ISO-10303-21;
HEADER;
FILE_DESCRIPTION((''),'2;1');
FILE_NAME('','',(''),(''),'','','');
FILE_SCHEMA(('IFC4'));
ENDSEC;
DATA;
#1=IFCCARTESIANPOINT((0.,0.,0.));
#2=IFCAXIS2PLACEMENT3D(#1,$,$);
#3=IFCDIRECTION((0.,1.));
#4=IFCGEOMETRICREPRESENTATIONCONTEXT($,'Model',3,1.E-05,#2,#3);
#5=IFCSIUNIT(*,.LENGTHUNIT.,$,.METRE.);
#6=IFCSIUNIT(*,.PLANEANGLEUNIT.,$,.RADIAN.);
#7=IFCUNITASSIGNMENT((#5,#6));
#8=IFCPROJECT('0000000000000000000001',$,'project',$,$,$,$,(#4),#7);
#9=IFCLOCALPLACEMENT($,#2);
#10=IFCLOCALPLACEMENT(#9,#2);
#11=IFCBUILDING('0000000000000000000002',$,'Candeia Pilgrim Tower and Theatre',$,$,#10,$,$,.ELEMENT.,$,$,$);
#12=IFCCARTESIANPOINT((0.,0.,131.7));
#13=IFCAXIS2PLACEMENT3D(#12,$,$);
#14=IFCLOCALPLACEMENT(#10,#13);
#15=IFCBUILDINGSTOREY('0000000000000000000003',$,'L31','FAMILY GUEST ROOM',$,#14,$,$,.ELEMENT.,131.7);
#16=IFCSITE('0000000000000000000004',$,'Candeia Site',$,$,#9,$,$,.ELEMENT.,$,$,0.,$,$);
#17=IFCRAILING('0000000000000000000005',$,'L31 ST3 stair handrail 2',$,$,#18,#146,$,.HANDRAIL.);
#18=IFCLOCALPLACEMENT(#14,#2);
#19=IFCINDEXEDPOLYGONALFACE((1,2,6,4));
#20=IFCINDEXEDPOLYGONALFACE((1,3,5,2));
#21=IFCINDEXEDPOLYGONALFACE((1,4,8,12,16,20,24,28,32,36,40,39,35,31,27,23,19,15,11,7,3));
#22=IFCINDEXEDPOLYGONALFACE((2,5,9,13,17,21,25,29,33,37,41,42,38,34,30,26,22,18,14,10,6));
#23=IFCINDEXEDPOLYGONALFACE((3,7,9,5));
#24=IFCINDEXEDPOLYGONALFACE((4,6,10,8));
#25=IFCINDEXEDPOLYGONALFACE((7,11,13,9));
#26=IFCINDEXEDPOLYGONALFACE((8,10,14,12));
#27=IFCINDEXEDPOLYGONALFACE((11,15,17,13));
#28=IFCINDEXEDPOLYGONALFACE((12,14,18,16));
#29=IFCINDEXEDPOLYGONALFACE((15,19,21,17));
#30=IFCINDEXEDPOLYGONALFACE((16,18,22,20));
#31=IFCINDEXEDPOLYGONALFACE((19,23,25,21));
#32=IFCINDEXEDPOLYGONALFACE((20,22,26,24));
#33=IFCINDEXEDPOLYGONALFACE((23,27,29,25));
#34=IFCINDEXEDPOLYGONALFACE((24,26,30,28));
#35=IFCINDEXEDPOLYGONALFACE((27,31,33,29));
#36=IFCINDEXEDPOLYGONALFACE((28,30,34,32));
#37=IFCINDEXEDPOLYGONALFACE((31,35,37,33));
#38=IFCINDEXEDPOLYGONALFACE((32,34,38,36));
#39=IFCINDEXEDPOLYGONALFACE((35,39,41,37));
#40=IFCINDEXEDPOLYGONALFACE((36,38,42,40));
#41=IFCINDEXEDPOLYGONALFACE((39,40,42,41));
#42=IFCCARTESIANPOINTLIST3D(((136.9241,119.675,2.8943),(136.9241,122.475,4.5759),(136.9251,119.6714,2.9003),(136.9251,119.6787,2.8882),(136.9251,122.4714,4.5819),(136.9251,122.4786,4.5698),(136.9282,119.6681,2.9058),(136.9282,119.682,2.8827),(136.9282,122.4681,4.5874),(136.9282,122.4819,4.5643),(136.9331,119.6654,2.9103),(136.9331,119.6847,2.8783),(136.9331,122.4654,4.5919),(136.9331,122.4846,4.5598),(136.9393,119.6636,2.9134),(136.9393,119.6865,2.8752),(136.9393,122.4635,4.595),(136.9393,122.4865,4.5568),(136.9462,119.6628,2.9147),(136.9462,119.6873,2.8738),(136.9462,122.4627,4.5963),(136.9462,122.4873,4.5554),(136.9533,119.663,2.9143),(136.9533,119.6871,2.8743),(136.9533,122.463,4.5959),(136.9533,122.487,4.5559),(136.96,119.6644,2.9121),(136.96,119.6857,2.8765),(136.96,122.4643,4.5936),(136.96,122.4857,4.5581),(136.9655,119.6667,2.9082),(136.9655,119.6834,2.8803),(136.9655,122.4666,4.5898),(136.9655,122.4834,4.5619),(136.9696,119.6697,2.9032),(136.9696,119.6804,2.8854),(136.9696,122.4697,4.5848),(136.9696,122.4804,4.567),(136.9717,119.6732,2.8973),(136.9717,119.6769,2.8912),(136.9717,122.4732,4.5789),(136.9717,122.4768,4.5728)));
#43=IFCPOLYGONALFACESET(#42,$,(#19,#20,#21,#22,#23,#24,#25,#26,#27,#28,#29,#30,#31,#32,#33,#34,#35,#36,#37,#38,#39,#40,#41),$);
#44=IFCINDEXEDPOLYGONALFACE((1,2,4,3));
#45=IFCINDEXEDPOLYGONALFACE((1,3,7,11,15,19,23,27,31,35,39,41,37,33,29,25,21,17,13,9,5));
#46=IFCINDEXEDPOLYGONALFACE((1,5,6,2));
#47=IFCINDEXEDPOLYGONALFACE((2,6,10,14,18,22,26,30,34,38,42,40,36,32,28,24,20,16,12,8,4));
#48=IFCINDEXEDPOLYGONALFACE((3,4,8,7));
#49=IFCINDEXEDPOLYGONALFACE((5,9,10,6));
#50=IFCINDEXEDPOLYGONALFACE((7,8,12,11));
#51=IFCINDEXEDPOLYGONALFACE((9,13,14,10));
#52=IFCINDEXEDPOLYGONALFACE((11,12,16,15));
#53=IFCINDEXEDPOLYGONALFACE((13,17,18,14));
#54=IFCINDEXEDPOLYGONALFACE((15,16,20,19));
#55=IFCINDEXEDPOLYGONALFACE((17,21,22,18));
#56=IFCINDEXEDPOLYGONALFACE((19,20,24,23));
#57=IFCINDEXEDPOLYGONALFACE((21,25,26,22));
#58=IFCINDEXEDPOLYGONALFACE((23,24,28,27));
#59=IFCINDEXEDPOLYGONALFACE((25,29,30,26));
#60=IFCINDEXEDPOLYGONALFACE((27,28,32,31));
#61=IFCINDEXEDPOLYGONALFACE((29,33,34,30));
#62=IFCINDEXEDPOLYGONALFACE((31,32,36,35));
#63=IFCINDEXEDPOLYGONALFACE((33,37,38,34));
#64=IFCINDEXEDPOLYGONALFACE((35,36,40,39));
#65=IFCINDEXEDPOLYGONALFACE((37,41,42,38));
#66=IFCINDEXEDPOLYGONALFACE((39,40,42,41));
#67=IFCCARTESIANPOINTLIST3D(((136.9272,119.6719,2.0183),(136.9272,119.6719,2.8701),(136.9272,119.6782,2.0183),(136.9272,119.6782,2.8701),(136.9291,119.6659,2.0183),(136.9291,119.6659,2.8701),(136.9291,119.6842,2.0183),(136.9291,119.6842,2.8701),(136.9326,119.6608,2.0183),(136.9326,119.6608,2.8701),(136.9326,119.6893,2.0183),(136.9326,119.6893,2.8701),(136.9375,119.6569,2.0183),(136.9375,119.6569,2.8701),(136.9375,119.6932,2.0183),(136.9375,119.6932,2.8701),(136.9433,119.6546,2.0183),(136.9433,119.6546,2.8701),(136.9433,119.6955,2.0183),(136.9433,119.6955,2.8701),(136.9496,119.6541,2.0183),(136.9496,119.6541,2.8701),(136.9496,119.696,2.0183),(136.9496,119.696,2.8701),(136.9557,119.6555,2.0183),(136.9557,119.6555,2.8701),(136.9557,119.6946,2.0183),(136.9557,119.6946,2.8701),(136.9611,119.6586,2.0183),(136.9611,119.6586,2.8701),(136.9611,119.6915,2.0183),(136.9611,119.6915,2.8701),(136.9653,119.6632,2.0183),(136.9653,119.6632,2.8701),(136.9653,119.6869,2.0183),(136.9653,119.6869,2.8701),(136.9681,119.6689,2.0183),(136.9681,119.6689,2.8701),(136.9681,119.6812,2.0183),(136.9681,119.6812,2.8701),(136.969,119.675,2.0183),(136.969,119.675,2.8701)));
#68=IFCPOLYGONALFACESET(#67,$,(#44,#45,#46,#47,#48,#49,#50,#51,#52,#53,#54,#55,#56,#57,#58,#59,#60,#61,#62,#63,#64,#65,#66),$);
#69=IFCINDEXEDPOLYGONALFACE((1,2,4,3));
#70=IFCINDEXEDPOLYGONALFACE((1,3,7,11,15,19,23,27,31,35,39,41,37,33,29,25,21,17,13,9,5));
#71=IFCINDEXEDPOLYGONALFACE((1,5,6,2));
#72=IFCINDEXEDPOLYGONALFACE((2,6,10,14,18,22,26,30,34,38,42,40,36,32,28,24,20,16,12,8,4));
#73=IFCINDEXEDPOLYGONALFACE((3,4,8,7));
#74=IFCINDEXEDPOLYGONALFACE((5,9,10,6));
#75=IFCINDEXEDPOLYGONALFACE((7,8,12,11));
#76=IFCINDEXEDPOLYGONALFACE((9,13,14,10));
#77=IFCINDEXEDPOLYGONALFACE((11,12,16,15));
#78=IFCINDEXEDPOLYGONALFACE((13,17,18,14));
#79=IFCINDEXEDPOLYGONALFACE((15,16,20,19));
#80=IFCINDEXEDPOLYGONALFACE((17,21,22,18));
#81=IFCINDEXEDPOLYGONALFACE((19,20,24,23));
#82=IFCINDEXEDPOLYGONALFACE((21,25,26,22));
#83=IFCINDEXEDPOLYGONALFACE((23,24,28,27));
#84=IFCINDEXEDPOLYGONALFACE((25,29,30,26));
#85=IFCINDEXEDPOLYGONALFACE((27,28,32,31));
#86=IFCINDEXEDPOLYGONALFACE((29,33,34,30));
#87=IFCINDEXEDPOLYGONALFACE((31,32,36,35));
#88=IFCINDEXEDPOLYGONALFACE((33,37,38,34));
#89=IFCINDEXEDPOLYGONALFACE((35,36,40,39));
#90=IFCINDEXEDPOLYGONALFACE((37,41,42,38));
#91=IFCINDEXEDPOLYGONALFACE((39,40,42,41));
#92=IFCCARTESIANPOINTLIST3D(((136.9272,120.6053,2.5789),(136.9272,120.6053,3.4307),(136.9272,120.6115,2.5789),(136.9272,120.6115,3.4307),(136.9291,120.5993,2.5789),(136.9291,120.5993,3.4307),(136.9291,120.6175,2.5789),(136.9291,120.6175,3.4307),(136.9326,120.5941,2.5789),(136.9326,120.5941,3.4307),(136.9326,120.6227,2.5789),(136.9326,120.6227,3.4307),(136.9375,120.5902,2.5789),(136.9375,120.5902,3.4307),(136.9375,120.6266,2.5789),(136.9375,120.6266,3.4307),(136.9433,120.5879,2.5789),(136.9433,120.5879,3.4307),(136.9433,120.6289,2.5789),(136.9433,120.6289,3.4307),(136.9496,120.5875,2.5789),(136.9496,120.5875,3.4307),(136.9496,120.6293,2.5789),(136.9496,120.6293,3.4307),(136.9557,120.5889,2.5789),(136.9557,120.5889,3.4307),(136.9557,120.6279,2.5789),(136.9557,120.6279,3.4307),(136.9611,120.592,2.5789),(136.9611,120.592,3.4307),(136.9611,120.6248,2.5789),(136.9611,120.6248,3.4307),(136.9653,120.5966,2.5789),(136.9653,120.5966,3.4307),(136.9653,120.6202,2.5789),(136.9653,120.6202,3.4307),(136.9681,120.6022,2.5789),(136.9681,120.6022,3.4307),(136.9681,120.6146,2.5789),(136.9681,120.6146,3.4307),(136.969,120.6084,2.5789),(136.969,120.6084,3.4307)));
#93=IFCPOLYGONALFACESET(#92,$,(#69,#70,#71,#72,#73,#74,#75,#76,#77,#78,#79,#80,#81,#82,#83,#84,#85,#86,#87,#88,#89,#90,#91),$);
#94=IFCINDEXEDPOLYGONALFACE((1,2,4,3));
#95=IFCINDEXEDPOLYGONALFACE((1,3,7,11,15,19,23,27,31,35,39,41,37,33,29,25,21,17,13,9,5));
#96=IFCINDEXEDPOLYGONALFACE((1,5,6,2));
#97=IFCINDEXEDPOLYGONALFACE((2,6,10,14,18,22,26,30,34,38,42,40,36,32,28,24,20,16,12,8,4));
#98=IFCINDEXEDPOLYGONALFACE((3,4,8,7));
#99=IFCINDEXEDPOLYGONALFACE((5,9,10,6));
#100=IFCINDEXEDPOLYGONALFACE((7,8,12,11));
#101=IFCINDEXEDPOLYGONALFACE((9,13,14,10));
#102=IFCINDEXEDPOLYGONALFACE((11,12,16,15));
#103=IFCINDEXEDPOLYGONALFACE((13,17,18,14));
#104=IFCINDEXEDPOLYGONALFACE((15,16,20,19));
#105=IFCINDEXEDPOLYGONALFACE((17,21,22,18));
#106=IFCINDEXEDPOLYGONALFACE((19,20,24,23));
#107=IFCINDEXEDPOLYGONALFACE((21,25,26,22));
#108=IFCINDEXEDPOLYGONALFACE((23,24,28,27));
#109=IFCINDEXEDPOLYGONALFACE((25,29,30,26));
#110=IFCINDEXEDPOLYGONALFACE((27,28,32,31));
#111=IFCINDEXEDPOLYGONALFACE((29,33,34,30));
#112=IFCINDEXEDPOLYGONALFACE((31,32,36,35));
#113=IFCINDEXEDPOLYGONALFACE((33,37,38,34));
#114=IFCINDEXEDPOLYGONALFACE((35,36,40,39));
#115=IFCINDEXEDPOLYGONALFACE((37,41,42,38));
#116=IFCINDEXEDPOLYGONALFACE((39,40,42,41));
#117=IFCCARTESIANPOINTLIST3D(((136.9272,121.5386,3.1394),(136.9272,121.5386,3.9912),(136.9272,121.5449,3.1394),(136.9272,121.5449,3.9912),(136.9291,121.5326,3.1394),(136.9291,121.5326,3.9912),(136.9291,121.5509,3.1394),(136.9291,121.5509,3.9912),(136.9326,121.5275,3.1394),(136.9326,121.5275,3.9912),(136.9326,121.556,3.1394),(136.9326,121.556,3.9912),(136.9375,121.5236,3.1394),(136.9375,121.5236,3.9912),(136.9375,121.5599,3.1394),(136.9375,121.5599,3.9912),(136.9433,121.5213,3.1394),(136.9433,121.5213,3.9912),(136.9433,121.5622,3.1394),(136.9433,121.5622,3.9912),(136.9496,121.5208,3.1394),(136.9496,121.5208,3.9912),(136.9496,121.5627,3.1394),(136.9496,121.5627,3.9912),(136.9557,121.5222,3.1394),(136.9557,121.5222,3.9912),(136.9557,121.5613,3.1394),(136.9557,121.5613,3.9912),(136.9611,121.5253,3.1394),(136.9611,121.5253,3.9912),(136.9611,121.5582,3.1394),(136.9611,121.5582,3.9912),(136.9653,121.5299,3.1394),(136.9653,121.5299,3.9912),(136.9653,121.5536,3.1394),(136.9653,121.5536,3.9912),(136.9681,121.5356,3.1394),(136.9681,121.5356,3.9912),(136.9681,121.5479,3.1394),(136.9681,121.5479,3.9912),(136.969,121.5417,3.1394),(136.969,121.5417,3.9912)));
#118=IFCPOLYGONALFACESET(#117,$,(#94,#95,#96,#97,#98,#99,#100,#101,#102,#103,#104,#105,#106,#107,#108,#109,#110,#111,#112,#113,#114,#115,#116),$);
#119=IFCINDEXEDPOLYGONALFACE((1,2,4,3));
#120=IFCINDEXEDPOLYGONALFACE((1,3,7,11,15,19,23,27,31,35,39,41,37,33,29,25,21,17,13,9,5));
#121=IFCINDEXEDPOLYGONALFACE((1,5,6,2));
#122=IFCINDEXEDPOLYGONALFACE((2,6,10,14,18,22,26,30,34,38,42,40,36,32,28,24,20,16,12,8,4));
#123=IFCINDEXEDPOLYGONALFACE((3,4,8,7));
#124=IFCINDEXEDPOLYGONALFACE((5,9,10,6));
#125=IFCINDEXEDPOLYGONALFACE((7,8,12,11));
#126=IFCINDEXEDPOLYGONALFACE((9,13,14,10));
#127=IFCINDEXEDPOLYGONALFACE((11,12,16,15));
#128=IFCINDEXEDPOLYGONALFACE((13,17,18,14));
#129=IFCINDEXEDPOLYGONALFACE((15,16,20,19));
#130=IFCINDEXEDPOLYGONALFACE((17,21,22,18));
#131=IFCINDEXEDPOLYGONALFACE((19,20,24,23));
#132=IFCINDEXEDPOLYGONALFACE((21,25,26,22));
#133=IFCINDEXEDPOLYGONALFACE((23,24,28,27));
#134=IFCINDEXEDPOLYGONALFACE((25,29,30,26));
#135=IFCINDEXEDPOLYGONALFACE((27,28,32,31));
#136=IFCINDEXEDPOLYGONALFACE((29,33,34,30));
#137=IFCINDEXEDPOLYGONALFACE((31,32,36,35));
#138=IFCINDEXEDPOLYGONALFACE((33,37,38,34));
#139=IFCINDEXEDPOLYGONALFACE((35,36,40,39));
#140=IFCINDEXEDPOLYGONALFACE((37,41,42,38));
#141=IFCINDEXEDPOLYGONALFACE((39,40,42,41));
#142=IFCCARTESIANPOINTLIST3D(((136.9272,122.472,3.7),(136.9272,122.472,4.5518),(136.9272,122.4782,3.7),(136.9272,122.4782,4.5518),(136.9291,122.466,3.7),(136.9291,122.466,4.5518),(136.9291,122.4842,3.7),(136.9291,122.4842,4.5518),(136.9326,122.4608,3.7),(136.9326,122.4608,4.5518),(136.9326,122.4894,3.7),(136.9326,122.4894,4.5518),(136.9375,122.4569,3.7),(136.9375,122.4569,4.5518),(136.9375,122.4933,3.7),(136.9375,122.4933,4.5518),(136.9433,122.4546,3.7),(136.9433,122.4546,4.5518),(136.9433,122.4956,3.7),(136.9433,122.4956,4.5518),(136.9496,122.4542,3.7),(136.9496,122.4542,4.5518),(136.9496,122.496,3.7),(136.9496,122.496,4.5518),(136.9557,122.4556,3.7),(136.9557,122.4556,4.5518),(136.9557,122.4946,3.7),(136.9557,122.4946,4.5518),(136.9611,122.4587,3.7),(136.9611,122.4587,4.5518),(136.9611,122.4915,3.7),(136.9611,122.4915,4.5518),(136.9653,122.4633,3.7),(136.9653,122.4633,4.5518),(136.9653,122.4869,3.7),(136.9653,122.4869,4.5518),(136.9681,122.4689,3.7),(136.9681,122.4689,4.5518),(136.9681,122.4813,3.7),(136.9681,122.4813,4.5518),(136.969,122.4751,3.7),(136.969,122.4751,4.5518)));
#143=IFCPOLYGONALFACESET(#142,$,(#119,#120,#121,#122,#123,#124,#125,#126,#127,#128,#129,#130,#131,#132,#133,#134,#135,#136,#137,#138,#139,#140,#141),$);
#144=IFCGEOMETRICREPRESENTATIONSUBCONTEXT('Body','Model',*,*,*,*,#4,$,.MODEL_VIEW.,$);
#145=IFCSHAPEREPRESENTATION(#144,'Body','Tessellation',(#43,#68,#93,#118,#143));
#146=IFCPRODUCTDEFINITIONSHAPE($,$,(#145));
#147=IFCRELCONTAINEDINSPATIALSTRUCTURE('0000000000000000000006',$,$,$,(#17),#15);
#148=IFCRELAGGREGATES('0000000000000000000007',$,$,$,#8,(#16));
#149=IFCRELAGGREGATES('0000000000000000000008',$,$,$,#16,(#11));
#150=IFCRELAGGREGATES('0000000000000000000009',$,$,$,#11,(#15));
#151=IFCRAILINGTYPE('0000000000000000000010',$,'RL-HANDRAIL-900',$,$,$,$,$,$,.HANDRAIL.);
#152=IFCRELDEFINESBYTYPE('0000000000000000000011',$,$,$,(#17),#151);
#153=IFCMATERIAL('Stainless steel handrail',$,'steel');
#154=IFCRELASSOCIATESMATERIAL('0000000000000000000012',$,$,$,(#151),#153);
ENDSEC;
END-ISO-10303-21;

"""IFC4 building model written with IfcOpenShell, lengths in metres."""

from ifc_helpers import new_model, si_unit, direction, frame, origin, origin_2d, place, context, subcontext, project, spatial, circle, extrude, material, type_object, element, save


model = new_model("IFC4")

# Units and contexts
model_context = context("Model", 3, precision=1e-05, world=origin(), true_north=direction((0.0, 1.0)))
body_context = subcontext(model_context, "Body", "Model", "MODEL_VIEW")
ifc_project = project(units=[si_unit("LENGTHUNIT", "METRE"), si_unit("PLANEANGLEUNIT", "RADIAN")], contexts=[model_context])

# Site, building, storey
site_placement = place(None, origin())
site = spatial("IfcSite", under=ifc_project, at=site_placement, Name="Candeia Site", CompositionType="ELEMENT", RefElevation=0.0)
building_placement = place(site_placement, origin())
building = spatial("IfcBuilding", under=site, at=building_placement, Name="Candeia Pilgrim Tower and Theatre", CompositionType="ELEMENT")
storey_placement = place(building_placement, frame((0.0, 0.0, 131.7)))
storey = spatial("IfcBuildingStorey", under=building, at=storey_placement, Name="L31", Description="FAMILY GUEST ROOM", CompositionType="ELEMENT", Elevation=131.7)

# Railing
ifc_material_1 = material(Name="Stainless steel handrail", Category="steel")
railing_type_1 = type_object("IfcRailingType", Name="RL-HANDRAIL-900", PredefinedType="HANDRAIL", material=ifc_material_1)
railing_1_placement = place(storey_placement, frame((136.948, 119.675, 2.0183)))
element("IfcRailing", 1, at=railing_1_placement, inside=storey, type_object=railing_type_1, Name="L31 ST3 stair handrail 2", PredefinedType="HANDRAIL", context=body_context, shape_type="SweptSolid", body=[
    extrude(circle(Radius=0.0239, at=origin_2d()), frame((0.0, 0.0, 0.876), z_axis=(0.0, 0.857275, 0.514858), x_axis=(-1.0, 0.0, 0.0)), (0.0, 0.0, 1.0), 3.2661),
    extrude(circle(Radius=0.021, at=origin_2d()), origin(), (0.0, 0.0, 1.0), 0.8518),
    extrude(circle(Radius=0.021, at=origin_2d()), frame((0.0, 0.9333, 0.5605)), (0.0, 0.0, 1.0), 0.8518),
    extrude(circle(Radius=0.021, at=origin_2d()), frame((0.0, 1.8667, 1.1211)), (0.0, 0.0, 1.0), 0.8518),
    extrude(circle(Radius=0.021, at=origin_2d()), frame((0.0, 2.8, 1.6816)), (0.0, 0.0, 1.0), 0.8518),
])

save(model, "model.ifc")
